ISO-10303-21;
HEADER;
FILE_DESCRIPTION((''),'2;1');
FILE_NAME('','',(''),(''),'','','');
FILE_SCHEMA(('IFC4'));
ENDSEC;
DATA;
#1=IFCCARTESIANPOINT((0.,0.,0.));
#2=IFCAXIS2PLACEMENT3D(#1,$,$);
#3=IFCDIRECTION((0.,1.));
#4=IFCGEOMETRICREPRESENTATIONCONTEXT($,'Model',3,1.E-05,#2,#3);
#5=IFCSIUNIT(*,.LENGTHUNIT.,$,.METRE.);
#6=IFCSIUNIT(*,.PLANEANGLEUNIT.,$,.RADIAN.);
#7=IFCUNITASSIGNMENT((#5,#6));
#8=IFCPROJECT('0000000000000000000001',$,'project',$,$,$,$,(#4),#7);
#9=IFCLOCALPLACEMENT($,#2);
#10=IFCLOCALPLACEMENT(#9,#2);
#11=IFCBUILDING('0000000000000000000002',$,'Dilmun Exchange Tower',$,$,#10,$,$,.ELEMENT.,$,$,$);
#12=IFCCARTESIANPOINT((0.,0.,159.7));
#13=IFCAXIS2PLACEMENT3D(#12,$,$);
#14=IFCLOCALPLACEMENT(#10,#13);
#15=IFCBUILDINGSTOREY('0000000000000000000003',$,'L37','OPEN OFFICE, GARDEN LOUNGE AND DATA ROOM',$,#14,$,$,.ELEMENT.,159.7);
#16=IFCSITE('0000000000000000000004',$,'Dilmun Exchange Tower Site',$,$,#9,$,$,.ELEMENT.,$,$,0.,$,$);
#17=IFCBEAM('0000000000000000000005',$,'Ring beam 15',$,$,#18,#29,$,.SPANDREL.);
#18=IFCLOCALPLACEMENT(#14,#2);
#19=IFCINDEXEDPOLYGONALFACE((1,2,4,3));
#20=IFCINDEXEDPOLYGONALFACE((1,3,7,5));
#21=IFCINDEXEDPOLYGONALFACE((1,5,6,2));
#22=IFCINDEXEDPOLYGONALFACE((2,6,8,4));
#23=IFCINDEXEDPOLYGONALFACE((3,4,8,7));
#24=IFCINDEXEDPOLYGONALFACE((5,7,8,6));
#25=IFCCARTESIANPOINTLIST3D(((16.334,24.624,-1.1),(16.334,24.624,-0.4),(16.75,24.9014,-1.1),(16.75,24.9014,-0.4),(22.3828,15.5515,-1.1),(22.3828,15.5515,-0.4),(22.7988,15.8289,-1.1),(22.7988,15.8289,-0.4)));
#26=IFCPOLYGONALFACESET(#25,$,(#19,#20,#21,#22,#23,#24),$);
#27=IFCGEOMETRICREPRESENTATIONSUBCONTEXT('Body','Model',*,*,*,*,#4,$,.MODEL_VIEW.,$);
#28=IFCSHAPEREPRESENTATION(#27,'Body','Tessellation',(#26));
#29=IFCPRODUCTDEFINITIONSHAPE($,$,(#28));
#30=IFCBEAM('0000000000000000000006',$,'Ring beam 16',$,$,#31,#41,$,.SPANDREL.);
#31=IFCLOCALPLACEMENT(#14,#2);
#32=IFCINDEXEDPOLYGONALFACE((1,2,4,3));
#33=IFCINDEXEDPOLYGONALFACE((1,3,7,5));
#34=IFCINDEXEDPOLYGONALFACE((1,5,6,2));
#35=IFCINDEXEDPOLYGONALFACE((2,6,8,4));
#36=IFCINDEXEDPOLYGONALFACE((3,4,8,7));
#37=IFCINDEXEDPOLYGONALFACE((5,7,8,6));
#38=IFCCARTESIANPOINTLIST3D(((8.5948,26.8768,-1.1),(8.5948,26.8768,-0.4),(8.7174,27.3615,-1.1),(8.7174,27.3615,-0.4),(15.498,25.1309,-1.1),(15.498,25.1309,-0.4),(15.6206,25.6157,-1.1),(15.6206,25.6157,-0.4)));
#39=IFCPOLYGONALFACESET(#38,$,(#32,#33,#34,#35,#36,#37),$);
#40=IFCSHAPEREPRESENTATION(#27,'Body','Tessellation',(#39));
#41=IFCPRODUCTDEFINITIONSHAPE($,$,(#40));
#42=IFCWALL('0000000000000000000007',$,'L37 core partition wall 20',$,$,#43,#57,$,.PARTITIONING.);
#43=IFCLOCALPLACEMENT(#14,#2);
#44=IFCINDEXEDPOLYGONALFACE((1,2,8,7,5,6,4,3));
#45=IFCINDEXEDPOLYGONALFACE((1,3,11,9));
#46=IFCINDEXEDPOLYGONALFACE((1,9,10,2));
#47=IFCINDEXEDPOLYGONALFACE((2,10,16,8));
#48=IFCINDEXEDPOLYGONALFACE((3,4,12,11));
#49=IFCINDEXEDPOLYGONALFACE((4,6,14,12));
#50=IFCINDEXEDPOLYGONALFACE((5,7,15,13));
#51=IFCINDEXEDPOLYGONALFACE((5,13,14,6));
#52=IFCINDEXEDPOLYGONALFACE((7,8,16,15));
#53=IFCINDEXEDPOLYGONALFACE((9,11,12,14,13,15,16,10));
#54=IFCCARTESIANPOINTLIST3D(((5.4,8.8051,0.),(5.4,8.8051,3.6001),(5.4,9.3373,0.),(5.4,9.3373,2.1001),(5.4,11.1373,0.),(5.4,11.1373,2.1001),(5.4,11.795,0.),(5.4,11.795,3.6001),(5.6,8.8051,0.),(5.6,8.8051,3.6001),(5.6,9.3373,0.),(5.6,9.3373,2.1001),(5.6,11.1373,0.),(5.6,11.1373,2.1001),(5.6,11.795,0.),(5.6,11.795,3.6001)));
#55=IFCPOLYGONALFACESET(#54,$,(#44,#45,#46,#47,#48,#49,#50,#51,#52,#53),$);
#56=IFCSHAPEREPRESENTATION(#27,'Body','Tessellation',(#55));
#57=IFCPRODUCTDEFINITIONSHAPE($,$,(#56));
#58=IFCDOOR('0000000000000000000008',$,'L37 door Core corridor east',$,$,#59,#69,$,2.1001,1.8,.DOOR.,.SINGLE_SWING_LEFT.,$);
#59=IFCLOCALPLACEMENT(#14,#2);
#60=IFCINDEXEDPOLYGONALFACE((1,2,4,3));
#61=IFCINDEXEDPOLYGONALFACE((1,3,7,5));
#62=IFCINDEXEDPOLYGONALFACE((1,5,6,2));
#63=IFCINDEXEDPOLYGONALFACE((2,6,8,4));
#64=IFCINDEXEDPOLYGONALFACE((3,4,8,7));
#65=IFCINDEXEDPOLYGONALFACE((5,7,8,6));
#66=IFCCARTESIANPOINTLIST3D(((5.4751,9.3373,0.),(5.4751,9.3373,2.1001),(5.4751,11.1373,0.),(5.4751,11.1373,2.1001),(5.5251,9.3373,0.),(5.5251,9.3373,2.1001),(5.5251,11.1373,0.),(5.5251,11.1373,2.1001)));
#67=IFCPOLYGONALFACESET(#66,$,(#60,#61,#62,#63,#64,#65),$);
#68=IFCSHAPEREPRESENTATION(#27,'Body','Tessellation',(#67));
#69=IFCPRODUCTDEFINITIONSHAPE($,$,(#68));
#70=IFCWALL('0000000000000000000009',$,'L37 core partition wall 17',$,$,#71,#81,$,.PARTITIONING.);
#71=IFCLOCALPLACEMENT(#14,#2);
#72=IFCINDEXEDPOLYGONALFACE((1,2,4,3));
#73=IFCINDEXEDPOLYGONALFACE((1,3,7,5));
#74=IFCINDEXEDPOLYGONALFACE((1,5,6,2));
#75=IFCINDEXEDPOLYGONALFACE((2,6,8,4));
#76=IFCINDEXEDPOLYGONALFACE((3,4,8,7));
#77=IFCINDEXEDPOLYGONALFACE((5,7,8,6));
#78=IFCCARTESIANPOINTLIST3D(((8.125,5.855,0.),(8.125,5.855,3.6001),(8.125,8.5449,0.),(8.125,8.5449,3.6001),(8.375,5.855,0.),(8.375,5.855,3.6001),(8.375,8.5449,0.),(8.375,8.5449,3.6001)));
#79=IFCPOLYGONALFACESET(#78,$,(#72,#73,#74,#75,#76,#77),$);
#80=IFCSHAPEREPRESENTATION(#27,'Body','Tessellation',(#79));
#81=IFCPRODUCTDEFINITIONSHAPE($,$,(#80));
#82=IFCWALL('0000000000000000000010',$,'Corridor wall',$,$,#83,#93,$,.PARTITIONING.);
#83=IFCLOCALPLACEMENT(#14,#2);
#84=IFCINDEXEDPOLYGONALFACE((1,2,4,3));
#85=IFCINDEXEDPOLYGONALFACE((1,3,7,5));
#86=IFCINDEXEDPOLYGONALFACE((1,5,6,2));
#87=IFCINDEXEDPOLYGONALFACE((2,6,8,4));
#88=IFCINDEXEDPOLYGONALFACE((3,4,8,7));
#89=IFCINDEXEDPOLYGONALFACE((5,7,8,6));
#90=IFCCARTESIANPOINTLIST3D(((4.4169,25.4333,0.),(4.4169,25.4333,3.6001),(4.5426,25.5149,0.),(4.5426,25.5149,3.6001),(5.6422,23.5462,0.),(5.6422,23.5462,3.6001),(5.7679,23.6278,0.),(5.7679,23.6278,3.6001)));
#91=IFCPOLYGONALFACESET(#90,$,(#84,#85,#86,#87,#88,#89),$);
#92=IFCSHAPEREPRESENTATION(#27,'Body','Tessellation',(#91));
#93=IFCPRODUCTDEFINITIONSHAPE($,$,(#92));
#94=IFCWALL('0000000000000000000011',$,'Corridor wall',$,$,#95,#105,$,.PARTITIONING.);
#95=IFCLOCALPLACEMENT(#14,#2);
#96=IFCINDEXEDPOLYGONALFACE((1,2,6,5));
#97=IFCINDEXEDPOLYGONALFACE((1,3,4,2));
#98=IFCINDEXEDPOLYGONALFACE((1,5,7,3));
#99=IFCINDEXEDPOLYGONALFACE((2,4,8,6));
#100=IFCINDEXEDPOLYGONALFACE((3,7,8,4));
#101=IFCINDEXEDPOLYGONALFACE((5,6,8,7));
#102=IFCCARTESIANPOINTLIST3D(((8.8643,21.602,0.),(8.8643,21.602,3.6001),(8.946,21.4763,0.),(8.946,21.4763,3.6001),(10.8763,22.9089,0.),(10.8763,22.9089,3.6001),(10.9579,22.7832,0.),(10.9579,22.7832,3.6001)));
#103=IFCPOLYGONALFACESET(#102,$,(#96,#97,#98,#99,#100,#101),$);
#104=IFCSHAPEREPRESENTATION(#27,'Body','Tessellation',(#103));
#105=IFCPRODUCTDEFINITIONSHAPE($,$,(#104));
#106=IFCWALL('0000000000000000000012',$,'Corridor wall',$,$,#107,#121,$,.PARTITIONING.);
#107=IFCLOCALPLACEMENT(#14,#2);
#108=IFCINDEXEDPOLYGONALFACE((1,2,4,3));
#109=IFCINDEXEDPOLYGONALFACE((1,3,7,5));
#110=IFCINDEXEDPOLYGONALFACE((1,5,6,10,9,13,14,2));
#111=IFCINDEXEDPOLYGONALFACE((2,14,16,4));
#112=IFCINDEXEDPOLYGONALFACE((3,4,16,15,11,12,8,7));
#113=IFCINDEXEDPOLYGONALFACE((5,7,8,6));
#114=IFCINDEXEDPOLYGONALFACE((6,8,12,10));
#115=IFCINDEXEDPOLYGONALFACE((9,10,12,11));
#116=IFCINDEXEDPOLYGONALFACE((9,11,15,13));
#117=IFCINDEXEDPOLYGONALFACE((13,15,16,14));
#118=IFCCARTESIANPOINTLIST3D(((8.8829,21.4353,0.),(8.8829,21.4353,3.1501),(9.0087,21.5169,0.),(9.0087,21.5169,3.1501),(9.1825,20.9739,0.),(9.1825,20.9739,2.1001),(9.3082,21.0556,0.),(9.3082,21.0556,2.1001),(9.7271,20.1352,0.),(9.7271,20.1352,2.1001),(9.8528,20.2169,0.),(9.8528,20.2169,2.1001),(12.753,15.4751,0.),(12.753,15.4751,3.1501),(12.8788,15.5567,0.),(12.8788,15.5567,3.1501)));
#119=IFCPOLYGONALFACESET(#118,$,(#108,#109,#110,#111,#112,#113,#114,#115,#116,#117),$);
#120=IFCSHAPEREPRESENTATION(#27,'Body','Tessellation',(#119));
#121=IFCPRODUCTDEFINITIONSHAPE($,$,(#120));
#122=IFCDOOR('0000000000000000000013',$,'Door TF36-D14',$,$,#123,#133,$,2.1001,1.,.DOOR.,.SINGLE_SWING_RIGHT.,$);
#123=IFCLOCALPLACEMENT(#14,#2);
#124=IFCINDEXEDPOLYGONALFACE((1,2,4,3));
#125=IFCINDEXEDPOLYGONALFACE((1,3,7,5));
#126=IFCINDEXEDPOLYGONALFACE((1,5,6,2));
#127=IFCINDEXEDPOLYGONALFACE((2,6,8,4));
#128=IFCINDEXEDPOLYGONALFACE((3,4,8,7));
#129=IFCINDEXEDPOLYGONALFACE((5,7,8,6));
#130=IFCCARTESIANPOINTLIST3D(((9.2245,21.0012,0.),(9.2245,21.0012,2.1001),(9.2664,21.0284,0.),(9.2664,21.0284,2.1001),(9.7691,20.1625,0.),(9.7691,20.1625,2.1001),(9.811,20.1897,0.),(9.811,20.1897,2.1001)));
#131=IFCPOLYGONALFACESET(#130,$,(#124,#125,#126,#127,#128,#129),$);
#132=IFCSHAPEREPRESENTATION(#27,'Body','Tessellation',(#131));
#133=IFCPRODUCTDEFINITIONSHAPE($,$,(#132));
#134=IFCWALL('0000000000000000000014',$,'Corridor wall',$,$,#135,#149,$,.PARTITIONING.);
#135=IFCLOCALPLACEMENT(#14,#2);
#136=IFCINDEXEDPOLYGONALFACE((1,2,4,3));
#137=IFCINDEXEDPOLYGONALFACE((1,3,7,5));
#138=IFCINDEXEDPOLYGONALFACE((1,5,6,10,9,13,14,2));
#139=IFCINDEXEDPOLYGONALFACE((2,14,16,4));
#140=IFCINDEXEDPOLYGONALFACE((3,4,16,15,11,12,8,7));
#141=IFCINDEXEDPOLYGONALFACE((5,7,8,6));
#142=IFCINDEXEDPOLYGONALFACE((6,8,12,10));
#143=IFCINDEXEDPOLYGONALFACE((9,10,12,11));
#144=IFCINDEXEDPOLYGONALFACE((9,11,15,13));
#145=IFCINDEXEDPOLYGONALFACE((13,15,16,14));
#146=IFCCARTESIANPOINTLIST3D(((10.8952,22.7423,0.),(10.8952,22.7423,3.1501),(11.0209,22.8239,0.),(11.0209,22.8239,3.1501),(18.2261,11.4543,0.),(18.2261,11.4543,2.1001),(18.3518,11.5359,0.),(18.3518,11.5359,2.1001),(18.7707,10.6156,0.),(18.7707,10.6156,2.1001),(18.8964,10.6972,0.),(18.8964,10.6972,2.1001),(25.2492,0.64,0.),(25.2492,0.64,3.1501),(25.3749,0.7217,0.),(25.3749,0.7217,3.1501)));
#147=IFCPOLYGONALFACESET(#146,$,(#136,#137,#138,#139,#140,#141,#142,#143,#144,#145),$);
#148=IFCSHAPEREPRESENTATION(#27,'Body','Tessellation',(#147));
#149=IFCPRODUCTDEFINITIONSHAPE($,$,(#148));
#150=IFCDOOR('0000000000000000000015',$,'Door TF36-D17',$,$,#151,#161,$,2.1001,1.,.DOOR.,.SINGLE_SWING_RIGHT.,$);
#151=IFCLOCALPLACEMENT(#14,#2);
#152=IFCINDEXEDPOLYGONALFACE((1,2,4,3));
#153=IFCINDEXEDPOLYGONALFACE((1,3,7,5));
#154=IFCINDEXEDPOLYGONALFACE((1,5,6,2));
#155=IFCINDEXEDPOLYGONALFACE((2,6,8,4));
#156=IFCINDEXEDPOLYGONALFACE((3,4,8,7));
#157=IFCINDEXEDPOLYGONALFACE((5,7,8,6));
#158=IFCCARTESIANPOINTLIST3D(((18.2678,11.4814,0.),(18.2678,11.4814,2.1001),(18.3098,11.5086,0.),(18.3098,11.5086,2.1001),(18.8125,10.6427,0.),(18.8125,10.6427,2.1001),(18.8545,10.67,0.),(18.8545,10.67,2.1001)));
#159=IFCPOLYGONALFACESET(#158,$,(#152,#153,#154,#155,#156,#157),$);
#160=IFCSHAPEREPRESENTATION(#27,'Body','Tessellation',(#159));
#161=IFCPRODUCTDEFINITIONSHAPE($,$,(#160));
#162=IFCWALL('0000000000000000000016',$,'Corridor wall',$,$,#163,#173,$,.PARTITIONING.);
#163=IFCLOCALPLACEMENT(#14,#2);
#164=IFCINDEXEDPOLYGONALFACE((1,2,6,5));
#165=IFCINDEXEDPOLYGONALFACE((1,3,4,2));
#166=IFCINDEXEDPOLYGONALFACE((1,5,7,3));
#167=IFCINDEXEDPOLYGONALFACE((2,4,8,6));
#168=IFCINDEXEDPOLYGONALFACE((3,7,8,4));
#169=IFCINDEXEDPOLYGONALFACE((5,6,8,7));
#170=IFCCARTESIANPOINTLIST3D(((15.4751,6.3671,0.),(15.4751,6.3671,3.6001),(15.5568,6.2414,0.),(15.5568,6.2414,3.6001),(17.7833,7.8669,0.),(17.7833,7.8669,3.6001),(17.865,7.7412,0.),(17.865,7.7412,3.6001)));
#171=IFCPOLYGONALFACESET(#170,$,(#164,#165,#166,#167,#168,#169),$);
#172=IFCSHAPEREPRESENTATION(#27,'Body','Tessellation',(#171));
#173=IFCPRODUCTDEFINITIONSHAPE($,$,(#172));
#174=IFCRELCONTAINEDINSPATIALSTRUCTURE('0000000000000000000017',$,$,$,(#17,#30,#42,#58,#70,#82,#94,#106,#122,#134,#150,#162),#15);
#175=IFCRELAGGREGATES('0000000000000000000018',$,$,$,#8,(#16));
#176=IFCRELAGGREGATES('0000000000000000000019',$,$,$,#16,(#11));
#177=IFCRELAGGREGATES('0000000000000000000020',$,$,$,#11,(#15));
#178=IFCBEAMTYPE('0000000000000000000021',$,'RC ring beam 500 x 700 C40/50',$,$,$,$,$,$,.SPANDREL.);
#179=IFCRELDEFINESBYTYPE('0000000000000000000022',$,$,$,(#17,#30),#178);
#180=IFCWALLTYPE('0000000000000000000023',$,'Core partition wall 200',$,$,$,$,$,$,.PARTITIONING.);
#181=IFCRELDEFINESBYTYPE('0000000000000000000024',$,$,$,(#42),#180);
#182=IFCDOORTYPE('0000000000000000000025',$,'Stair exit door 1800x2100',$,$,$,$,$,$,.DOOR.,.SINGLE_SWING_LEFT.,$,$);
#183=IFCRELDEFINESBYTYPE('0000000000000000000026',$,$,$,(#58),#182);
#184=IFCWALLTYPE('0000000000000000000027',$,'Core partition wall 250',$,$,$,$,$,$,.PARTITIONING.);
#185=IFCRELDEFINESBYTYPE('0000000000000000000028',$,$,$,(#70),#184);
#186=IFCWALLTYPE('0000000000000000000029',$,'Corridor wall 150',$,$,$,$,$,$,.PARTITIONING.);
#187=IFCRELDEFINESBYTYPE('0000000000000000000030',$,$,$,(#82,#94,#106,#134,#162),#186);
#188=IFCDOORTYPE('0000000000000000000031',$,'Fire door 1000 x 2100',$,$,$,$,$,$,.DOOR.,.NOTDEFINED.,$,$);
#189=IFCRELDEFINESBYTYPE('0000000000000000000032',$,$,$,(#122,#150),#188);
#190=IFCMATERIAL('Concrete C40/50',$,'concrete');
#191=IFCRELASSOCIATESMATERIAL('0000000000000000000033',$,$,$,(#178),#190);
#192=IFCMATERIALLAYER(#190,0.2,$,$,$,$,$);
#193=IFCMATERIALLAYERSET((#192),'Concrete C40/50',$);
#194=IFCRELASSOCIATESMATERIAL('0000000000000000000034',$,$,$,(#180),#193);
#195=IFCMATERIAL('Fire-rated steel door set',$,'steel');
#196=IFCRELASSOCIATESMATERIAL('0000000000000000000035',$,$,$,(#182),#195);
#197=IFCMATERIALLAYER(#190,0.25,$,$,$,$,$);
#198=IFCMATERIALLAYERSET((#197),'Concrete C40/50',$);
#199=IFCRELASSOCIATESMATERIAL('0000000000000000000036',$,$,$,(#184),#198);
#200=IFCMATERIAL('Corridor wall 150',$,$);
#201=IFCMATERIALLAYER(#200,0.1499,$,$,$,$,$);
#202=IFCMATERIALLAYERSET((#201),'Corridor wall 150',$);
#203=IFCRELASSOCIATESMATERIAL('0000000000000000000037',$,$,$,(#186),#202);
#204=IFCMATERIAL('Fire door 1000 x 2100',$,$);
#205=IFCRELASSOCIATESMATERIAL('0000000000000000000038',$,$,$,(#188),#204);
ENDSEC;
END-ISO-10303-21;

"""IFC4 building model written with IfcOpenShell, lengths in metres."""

from ifc_helpers import new_model, si_unit, direction, frame, frame_2d, origin, origin_2d, place, context, subcontext, project, spatial, rectangle, extrude, material, layer, layer_set, material_profile, profile_set, type_object, element, fill, save


model = new_model("IFC4")

# Units and contexts
model_context = context("Model", 3, precision=1e-05, world=origin(), true_north=direction((0.0, 1.0)))
body_context = subcontext(model_context, "Body", "Model", "MODEL_VIEW")
ifc_project = project(units=[si_unit("LENGTHUNIT", "METRE"), si_unit("PLANEANGLEUNIT", "RADIAN")], contexts=[model_context])

# Site, building, storey
site_placement = place(None, origin())
site = spatial("IfcSite", under=ifc_project, at=site_placement, Name="Dilmun Exchange Tower Site", CompositionType="ELEMENT", RefElevation=0.0)
building_placement = place(site_placement, origin())
building = spatial("IfcBuilding", under=site, at=building_placement, Name="Dilmun Exchange Tower", CompositionType="ELEMENT")
storey_placement = place(building_placement, frame((0.0, 0.0, 159.7)))
storey = spatial("IfcBuildingStorey", under=building, at=storey_placement, Name="L37", Description="OPEN OFFICE, GARDEN LOUNGE AND DATA ROOM", CompositionType="ELEMENT", Elevation=159.7)

# Beams
ifc_material_1 = material(Name="Concrete C40/50", Category="concrete")
ifc_material_profile_1 = material_profile(ifc_material_1, rectangle(XDim=0.5, YDim=0.7, at=origin_2d()), Name="500 x 700")
ifc_profile_set_1 = profile_set([ifc_material_profile_1], Name="Concrete C40/50")
beam_type_1 = type_object("IfcBeamType", Name="RC ring beam 500 x 700 C40/50", PredefinedType="SPANDREL", material=ifc_profile_set_1)
beam_1_placement = place(storey_placement, frame((22.5908, 15.6902, -0.75), z_axis=(-0.554731, 0.83203, 0.0), x_axis=(-0.83203, -0.554731, 0.0)))
element("IfcBeam", 1, at=beam_1_placement, inside=storey, type_object=beam_type_1, Name="Ring beam 15", PredefinedType="SPANDREL", context=body_context, shape_type="SweptSolid", body=[
    extrude(rectangle(XDim=0.5, YDim=0.7, at=origin_2d()), origin(), (0.0, 0.0, 1.0), 10.9041),
])
beam_2_placement = place(storey_placement, frame((15.5593, 25.3733, -0.75), z_axis=(-0.969477, 0.245181, 0.0), x_axis=(-0.245181, -0.969477, 0.0)))
element("IfcBeam", 2, at=beam_2_placement, inside=storey, type_object=beam_type_1, Name="Ring beam 16", PredefinedType="SPANDREL", context=body_context, shape_type="SweptSolid", body=[
    extrude(rectangle(XDim=0.5, YDim=0.7, at=origin_2d()), origin(), (0.0, 0.0, 1.0), 7.1206),
])

# Wall, opening, door
ifc_layer_1 = layer(ifc_material_1, 0.2)
ifc_layer_set_1 = layer_set([ifc_layer_1], Name="Concrete C40/50")
wall_type_1 = type_object("IfcWallType", Name="Core partition wall 200", PredefinedType="PARTITIONING", material=ifc_layer_set_1)
wall_1_placement = place(storey_placement, frame((5.5, 8.8049, 0.0), z_axis=(0.0, 0.0, 1.0), x_axis=(0.0, 1.0, 0.0)))
wall_1 = element("IfcWall", 3, at=wall_1_placement, inside=storey, type_object=wall_type_1, Name="L37 core partition wall 20", PredefinedType="PARTITIONING", context=body_context, shape_type="SweptSolid", body=[
    extrude(rectangle(XDim=2.99, YDim=0.2, at=frame_2d((1.4951, 0.0))), origin(), (0.0, 0.0, 1.0), 3.6001),
])
opening_1_placement = place(wall_1_placement, frame((0.5325, 0.0, 0.0)))
opening_1 = element("IfcOpeningElement", 4, at=opening_1_placement, cuts=wall_1, PredefinedType="OPENING", context=body_context, shape_type="SweptSolid", body=[
    extrude(rectangle(XDim=1.8, YDim=2.1001, at=frame_2d((0.8999, 1.05))), frame((0.0, 0.1099, 0.0), z_axis=(0.0, -1.0, 0.0), x_axis=(1.0, 0.0, 0.0)), (0.0, 0.0, 1.0), 0.22),
])
ifc_material_2 = material(Name="Fire-rated steel door set", Category="steel")
door_type_1 = type_object("IfcDoorType", Name="Stair exit door 1800x2100", OperationType="SINGLE_SWING_LEFT", PredefinedType="DOOR", material=ifc_material_2)
door_1_placement = place(opening_1_placement, origin())
door_1 = element("IfcDoor", 5, at=door_1_placement, inside=storey, type_object=door_type_1, Name="L37 door Core corridor east", OperationType="SINGLE_SWING_LEFT", OverallHeight=2.1001, OverallWidth=1.8, PredefinedType="DOOR", context=body_context, shape_type="SweptSolid", body=[
    extrude(rectangle(XDim=1.8, YDim=2.1001, at=frame_2d((0.8999, 1.05))), frame((0.0, 0.0249, 0.0), z_axis=(0.0, -1.0, 0.0), x_axis=(1.0, 0.0, 0.0)), (0.0, 0.0, 1.0), 0.05),
])
fill(opening_1, door_1)

# Walls
ifc_layer_2 = layer(ifc_material_1, 0.25)
ifc_layer_set_2 = layer_set([ifc_layer_2], Name="Concrete C40/50")
wall_type_2 = type_object("IfcWallType", Name="Core partition wall 250", PredefinedType="PARTITIONING", material=ifc_layer_set_2)
wall_2_placement = place(storey_placement, frame((8.25, 5.855, 0.0), z_axis=(0.0, 0.0, 1.0), x_axis=(0.0, 1.0, 0.0)))
element("IfcWall", 6, at=wall_2_placement, inside=storey, type_object=wall_type_2, Name="L37 core partition wall 17", PredefinedType="PARTITIONING", context=body_context, shape_type="SweptSolid", body=[
    extrude(rectangle(XDim=2.6899, YDim=0.25, at=frame_2d((1.345, 0.0))), origin(), (0.0, 0.0, 1.0), 3.6001),
])
ifc_material_3 = material(Name="Corridor wall 150")
ifc_layer_3 = layer(ifc_material_3, 0.1499)
ifc_layer_set_3 = layer_set([ifc_layer_3], Name="Corridor wall 150")
wall_type_3 = type_object("IfcWallType", Name="Corridor wall 150", PredefinedType="PARTITIONING", material=ifc_layer_set_3)
wall_3_placement = place(storey_placement, frame((4.4797, 25.4741, 0.0), z_axis=(0.0, 0.0, 1.0), x_axis=(0.544569, -0.838716, 0.0)))
element("IfcWall", 7, at=wall_3_placement, inside=storey, type_object=wall_type_3, Name="Corridor wall", PredefinedType="PARTITIONING", context=body_context, shape_type="SweptSolid", body=[
    extrude(rectangle(XDim=2.25, YDim=0.1499, at=frame_2d((1.125, 0.0))), origin(), (0.0, 0.0, 1.0), 3.6001),
])
wall_4_placement = place(storey_placement, frame((8.905, 21.5391, 0.0), z_axis=(0.0, 0.0, 1.0), x_axis=(0.838613, 0.544727, 0.0)))
element("IfcWall", 8, at=wall_4_placement, inside=storey, type_object=wall_type_3, Name="Corridor wall", PredefinedType="PARTITIONING", context=body_context, shape_type="SweptSolid", body=[
    extrude(rectangle(XDim=2.3992, YDim=0.1499, at=frame_2d((1.1997, 0.0))), origin(), (0.0, 0.0, 1.0), 3.6001),
])

# Walls, openings, doors
wall_5_placement = place(storey_placement, frame((8.9458, 21.4761, 0.0), z_axis=(0.0, 0.0, 1.0), x_axis=(0.544591, -0.838702, 0.0)))
wall_5 = element("IfcWall", 9, at=wall_5_placement, inside=storey, type_object=wall_type_3, Name="Corridor wall", PredefinedType="PARTITIONING", context=body_context, shape_type="SweptSolid", body=[
    extrude(rectangle(XDim=7.1064, YDim=0.1499, at=frame_2d((3.5532, 0.0))), origin(), (0.0, 0.0, 1.0), 3.1501),
])
opening_2_placement = place(wall_5_placement, frame((0.55, 0.0, 0.0)))
opening_2 = element("IfcOpeningElement", 10, at=opening_2_placement, cuts=wall_5, PredefinedType="OPENING", context=body_context, shape_type="SweptSolid", body=[
    extrude(rectangle(XDim=1.0, YDim=2.1001, at=frame_2d((0.5, 1.05))), frame((0.0, 0.085, 0.0), z_axis=(0.0, -1.0, 0.0), x_axis=(1.0, 0.0, 0.0)), (0.0, 0.0, 1.0), 0.1699),
])
ifc_material_4 = material(Name="Fire door 1000 x 2100")
door_type_2 = type_object("IfcDoorType", Name="Fire door 1000 x 2100", OperationType="NOTDEFINED", PredefinedType="DOOR", material=ifc_material_4)
door_2_placement = place(opening_2_placement, frame((1.0, 0.0, 0.0), z_axis=(0.0, 0.0, 1.0), x_axis=(-1.0, 0.0, 0.0)))
door_2 = element("IfcDoor", 11, at=door_2_placement, inside=storey, type_object=door_type_2, Name="Door TF36-D14", OperationType="SINGLE_SWING_RIGHT", OverallHeight=2.1001, OverallWidth=1.0, PredefinedType="DOOR", context=body_context, shape_type="SweptSolid", body=[
    extrude(rectangle(XDim=1.0, YDim=2.1001, at=frame_2d((0.5, 1.05))), frame((0.0, 0.0249, 0.0), z_axis=(0.0, -1.0, 0.0), x_axis=(1.0, 0.0, 0.0)), (0.0, 0.0, 1.0), 0.05),
])
fill(opening_2, door_2)
wall_6_placement = place(storey_placement, frame((10.958, 22.7832, 0.0), z_axis=(0.0, 0.0, 1.0), x_axis=(0.544655, -0.83866, 0.0)))
wall_6 = element("IfcWall", 12, at=wall_6_placement, inside=storey, type_object=wall_type_3, Name="Corridor wall", PredefinedType="PARTITIONING", context=body_context, shape_type="SweptSolid", body=[
    extrude(rectangle(XDim=26.3542, YDim=0.1499, at=frame_2d((13.1772, 0.0))), origin(), (0.0, 0.0, 1.0), 3.1501),
])
opening_3_placement = place(wall_6_placement, frame((13.4597, 0.0, 0.0)))
opening_3 = element("IfcOpeningElement", 13, at=opening_3_placement, cuts=wall_6, PredefinedType="OPENING", context=body_context, shape_type="SweptSolid", body=[
    extrude(rectangle(XDim=1.0, YDim=2.1001, at=frame_2d((0.5, 1.05))), frame((0.0, 0.085, 0.0), z_axis=(0.0, -1.0, 0.0), x_axis=(1.0, 0.0, 0.0)), (0.0, 0.0, 1.0), 0.1699),
])
door_3_placement = place(opening_3_placement, origin())
door_3 = element("IfcDoor", 14, at=door_3_placement, inside=storey, type_object=door_type_2, Name="Door TF36-D17", OperationType="SINGLE_SWING_RIGHT", OverallHeight=2.1001, OverallWidth=1.0, PredefinedType="DOOR", context=body_context, shape_type="SweptSolid", body=[
    extrude(rectangle(XDim=1.0, YDim=2.1001, at=frame_2d((0.5, 1.05))), frame((0.0, 0.0249, 0.0), z_axis=(0.0, -1.0, 0.0), x_axis=(1.0, 0.0, 0.0)), (0.0, 0.0, 1.0), 0.05),
])
fill(opening_3, door_3)

# Wall
wall_7_placement = place(storey_placement, frame((15.5159, 6.3042, 0.0), z_axis=(0.0, 0.0, 1.0), x_axis=(0.838529, 0.544857, 0.0)))
element("IfcWall", 15, at=wall_7_placement, inside=storey, type_object=wall_type_3, Name="Corridor wall", PredefinedType="PARTITIONING", context=body_context, shape_type="SweptSolid", body=[
    extrude(rectangle(XDim=2.7527, YDim=0.1499, at=frame_2d((1.3765, 0.0))), origin(), (0.0, 0.0, 1.0), 3.6001),
])

save(model, "model.ifc")
